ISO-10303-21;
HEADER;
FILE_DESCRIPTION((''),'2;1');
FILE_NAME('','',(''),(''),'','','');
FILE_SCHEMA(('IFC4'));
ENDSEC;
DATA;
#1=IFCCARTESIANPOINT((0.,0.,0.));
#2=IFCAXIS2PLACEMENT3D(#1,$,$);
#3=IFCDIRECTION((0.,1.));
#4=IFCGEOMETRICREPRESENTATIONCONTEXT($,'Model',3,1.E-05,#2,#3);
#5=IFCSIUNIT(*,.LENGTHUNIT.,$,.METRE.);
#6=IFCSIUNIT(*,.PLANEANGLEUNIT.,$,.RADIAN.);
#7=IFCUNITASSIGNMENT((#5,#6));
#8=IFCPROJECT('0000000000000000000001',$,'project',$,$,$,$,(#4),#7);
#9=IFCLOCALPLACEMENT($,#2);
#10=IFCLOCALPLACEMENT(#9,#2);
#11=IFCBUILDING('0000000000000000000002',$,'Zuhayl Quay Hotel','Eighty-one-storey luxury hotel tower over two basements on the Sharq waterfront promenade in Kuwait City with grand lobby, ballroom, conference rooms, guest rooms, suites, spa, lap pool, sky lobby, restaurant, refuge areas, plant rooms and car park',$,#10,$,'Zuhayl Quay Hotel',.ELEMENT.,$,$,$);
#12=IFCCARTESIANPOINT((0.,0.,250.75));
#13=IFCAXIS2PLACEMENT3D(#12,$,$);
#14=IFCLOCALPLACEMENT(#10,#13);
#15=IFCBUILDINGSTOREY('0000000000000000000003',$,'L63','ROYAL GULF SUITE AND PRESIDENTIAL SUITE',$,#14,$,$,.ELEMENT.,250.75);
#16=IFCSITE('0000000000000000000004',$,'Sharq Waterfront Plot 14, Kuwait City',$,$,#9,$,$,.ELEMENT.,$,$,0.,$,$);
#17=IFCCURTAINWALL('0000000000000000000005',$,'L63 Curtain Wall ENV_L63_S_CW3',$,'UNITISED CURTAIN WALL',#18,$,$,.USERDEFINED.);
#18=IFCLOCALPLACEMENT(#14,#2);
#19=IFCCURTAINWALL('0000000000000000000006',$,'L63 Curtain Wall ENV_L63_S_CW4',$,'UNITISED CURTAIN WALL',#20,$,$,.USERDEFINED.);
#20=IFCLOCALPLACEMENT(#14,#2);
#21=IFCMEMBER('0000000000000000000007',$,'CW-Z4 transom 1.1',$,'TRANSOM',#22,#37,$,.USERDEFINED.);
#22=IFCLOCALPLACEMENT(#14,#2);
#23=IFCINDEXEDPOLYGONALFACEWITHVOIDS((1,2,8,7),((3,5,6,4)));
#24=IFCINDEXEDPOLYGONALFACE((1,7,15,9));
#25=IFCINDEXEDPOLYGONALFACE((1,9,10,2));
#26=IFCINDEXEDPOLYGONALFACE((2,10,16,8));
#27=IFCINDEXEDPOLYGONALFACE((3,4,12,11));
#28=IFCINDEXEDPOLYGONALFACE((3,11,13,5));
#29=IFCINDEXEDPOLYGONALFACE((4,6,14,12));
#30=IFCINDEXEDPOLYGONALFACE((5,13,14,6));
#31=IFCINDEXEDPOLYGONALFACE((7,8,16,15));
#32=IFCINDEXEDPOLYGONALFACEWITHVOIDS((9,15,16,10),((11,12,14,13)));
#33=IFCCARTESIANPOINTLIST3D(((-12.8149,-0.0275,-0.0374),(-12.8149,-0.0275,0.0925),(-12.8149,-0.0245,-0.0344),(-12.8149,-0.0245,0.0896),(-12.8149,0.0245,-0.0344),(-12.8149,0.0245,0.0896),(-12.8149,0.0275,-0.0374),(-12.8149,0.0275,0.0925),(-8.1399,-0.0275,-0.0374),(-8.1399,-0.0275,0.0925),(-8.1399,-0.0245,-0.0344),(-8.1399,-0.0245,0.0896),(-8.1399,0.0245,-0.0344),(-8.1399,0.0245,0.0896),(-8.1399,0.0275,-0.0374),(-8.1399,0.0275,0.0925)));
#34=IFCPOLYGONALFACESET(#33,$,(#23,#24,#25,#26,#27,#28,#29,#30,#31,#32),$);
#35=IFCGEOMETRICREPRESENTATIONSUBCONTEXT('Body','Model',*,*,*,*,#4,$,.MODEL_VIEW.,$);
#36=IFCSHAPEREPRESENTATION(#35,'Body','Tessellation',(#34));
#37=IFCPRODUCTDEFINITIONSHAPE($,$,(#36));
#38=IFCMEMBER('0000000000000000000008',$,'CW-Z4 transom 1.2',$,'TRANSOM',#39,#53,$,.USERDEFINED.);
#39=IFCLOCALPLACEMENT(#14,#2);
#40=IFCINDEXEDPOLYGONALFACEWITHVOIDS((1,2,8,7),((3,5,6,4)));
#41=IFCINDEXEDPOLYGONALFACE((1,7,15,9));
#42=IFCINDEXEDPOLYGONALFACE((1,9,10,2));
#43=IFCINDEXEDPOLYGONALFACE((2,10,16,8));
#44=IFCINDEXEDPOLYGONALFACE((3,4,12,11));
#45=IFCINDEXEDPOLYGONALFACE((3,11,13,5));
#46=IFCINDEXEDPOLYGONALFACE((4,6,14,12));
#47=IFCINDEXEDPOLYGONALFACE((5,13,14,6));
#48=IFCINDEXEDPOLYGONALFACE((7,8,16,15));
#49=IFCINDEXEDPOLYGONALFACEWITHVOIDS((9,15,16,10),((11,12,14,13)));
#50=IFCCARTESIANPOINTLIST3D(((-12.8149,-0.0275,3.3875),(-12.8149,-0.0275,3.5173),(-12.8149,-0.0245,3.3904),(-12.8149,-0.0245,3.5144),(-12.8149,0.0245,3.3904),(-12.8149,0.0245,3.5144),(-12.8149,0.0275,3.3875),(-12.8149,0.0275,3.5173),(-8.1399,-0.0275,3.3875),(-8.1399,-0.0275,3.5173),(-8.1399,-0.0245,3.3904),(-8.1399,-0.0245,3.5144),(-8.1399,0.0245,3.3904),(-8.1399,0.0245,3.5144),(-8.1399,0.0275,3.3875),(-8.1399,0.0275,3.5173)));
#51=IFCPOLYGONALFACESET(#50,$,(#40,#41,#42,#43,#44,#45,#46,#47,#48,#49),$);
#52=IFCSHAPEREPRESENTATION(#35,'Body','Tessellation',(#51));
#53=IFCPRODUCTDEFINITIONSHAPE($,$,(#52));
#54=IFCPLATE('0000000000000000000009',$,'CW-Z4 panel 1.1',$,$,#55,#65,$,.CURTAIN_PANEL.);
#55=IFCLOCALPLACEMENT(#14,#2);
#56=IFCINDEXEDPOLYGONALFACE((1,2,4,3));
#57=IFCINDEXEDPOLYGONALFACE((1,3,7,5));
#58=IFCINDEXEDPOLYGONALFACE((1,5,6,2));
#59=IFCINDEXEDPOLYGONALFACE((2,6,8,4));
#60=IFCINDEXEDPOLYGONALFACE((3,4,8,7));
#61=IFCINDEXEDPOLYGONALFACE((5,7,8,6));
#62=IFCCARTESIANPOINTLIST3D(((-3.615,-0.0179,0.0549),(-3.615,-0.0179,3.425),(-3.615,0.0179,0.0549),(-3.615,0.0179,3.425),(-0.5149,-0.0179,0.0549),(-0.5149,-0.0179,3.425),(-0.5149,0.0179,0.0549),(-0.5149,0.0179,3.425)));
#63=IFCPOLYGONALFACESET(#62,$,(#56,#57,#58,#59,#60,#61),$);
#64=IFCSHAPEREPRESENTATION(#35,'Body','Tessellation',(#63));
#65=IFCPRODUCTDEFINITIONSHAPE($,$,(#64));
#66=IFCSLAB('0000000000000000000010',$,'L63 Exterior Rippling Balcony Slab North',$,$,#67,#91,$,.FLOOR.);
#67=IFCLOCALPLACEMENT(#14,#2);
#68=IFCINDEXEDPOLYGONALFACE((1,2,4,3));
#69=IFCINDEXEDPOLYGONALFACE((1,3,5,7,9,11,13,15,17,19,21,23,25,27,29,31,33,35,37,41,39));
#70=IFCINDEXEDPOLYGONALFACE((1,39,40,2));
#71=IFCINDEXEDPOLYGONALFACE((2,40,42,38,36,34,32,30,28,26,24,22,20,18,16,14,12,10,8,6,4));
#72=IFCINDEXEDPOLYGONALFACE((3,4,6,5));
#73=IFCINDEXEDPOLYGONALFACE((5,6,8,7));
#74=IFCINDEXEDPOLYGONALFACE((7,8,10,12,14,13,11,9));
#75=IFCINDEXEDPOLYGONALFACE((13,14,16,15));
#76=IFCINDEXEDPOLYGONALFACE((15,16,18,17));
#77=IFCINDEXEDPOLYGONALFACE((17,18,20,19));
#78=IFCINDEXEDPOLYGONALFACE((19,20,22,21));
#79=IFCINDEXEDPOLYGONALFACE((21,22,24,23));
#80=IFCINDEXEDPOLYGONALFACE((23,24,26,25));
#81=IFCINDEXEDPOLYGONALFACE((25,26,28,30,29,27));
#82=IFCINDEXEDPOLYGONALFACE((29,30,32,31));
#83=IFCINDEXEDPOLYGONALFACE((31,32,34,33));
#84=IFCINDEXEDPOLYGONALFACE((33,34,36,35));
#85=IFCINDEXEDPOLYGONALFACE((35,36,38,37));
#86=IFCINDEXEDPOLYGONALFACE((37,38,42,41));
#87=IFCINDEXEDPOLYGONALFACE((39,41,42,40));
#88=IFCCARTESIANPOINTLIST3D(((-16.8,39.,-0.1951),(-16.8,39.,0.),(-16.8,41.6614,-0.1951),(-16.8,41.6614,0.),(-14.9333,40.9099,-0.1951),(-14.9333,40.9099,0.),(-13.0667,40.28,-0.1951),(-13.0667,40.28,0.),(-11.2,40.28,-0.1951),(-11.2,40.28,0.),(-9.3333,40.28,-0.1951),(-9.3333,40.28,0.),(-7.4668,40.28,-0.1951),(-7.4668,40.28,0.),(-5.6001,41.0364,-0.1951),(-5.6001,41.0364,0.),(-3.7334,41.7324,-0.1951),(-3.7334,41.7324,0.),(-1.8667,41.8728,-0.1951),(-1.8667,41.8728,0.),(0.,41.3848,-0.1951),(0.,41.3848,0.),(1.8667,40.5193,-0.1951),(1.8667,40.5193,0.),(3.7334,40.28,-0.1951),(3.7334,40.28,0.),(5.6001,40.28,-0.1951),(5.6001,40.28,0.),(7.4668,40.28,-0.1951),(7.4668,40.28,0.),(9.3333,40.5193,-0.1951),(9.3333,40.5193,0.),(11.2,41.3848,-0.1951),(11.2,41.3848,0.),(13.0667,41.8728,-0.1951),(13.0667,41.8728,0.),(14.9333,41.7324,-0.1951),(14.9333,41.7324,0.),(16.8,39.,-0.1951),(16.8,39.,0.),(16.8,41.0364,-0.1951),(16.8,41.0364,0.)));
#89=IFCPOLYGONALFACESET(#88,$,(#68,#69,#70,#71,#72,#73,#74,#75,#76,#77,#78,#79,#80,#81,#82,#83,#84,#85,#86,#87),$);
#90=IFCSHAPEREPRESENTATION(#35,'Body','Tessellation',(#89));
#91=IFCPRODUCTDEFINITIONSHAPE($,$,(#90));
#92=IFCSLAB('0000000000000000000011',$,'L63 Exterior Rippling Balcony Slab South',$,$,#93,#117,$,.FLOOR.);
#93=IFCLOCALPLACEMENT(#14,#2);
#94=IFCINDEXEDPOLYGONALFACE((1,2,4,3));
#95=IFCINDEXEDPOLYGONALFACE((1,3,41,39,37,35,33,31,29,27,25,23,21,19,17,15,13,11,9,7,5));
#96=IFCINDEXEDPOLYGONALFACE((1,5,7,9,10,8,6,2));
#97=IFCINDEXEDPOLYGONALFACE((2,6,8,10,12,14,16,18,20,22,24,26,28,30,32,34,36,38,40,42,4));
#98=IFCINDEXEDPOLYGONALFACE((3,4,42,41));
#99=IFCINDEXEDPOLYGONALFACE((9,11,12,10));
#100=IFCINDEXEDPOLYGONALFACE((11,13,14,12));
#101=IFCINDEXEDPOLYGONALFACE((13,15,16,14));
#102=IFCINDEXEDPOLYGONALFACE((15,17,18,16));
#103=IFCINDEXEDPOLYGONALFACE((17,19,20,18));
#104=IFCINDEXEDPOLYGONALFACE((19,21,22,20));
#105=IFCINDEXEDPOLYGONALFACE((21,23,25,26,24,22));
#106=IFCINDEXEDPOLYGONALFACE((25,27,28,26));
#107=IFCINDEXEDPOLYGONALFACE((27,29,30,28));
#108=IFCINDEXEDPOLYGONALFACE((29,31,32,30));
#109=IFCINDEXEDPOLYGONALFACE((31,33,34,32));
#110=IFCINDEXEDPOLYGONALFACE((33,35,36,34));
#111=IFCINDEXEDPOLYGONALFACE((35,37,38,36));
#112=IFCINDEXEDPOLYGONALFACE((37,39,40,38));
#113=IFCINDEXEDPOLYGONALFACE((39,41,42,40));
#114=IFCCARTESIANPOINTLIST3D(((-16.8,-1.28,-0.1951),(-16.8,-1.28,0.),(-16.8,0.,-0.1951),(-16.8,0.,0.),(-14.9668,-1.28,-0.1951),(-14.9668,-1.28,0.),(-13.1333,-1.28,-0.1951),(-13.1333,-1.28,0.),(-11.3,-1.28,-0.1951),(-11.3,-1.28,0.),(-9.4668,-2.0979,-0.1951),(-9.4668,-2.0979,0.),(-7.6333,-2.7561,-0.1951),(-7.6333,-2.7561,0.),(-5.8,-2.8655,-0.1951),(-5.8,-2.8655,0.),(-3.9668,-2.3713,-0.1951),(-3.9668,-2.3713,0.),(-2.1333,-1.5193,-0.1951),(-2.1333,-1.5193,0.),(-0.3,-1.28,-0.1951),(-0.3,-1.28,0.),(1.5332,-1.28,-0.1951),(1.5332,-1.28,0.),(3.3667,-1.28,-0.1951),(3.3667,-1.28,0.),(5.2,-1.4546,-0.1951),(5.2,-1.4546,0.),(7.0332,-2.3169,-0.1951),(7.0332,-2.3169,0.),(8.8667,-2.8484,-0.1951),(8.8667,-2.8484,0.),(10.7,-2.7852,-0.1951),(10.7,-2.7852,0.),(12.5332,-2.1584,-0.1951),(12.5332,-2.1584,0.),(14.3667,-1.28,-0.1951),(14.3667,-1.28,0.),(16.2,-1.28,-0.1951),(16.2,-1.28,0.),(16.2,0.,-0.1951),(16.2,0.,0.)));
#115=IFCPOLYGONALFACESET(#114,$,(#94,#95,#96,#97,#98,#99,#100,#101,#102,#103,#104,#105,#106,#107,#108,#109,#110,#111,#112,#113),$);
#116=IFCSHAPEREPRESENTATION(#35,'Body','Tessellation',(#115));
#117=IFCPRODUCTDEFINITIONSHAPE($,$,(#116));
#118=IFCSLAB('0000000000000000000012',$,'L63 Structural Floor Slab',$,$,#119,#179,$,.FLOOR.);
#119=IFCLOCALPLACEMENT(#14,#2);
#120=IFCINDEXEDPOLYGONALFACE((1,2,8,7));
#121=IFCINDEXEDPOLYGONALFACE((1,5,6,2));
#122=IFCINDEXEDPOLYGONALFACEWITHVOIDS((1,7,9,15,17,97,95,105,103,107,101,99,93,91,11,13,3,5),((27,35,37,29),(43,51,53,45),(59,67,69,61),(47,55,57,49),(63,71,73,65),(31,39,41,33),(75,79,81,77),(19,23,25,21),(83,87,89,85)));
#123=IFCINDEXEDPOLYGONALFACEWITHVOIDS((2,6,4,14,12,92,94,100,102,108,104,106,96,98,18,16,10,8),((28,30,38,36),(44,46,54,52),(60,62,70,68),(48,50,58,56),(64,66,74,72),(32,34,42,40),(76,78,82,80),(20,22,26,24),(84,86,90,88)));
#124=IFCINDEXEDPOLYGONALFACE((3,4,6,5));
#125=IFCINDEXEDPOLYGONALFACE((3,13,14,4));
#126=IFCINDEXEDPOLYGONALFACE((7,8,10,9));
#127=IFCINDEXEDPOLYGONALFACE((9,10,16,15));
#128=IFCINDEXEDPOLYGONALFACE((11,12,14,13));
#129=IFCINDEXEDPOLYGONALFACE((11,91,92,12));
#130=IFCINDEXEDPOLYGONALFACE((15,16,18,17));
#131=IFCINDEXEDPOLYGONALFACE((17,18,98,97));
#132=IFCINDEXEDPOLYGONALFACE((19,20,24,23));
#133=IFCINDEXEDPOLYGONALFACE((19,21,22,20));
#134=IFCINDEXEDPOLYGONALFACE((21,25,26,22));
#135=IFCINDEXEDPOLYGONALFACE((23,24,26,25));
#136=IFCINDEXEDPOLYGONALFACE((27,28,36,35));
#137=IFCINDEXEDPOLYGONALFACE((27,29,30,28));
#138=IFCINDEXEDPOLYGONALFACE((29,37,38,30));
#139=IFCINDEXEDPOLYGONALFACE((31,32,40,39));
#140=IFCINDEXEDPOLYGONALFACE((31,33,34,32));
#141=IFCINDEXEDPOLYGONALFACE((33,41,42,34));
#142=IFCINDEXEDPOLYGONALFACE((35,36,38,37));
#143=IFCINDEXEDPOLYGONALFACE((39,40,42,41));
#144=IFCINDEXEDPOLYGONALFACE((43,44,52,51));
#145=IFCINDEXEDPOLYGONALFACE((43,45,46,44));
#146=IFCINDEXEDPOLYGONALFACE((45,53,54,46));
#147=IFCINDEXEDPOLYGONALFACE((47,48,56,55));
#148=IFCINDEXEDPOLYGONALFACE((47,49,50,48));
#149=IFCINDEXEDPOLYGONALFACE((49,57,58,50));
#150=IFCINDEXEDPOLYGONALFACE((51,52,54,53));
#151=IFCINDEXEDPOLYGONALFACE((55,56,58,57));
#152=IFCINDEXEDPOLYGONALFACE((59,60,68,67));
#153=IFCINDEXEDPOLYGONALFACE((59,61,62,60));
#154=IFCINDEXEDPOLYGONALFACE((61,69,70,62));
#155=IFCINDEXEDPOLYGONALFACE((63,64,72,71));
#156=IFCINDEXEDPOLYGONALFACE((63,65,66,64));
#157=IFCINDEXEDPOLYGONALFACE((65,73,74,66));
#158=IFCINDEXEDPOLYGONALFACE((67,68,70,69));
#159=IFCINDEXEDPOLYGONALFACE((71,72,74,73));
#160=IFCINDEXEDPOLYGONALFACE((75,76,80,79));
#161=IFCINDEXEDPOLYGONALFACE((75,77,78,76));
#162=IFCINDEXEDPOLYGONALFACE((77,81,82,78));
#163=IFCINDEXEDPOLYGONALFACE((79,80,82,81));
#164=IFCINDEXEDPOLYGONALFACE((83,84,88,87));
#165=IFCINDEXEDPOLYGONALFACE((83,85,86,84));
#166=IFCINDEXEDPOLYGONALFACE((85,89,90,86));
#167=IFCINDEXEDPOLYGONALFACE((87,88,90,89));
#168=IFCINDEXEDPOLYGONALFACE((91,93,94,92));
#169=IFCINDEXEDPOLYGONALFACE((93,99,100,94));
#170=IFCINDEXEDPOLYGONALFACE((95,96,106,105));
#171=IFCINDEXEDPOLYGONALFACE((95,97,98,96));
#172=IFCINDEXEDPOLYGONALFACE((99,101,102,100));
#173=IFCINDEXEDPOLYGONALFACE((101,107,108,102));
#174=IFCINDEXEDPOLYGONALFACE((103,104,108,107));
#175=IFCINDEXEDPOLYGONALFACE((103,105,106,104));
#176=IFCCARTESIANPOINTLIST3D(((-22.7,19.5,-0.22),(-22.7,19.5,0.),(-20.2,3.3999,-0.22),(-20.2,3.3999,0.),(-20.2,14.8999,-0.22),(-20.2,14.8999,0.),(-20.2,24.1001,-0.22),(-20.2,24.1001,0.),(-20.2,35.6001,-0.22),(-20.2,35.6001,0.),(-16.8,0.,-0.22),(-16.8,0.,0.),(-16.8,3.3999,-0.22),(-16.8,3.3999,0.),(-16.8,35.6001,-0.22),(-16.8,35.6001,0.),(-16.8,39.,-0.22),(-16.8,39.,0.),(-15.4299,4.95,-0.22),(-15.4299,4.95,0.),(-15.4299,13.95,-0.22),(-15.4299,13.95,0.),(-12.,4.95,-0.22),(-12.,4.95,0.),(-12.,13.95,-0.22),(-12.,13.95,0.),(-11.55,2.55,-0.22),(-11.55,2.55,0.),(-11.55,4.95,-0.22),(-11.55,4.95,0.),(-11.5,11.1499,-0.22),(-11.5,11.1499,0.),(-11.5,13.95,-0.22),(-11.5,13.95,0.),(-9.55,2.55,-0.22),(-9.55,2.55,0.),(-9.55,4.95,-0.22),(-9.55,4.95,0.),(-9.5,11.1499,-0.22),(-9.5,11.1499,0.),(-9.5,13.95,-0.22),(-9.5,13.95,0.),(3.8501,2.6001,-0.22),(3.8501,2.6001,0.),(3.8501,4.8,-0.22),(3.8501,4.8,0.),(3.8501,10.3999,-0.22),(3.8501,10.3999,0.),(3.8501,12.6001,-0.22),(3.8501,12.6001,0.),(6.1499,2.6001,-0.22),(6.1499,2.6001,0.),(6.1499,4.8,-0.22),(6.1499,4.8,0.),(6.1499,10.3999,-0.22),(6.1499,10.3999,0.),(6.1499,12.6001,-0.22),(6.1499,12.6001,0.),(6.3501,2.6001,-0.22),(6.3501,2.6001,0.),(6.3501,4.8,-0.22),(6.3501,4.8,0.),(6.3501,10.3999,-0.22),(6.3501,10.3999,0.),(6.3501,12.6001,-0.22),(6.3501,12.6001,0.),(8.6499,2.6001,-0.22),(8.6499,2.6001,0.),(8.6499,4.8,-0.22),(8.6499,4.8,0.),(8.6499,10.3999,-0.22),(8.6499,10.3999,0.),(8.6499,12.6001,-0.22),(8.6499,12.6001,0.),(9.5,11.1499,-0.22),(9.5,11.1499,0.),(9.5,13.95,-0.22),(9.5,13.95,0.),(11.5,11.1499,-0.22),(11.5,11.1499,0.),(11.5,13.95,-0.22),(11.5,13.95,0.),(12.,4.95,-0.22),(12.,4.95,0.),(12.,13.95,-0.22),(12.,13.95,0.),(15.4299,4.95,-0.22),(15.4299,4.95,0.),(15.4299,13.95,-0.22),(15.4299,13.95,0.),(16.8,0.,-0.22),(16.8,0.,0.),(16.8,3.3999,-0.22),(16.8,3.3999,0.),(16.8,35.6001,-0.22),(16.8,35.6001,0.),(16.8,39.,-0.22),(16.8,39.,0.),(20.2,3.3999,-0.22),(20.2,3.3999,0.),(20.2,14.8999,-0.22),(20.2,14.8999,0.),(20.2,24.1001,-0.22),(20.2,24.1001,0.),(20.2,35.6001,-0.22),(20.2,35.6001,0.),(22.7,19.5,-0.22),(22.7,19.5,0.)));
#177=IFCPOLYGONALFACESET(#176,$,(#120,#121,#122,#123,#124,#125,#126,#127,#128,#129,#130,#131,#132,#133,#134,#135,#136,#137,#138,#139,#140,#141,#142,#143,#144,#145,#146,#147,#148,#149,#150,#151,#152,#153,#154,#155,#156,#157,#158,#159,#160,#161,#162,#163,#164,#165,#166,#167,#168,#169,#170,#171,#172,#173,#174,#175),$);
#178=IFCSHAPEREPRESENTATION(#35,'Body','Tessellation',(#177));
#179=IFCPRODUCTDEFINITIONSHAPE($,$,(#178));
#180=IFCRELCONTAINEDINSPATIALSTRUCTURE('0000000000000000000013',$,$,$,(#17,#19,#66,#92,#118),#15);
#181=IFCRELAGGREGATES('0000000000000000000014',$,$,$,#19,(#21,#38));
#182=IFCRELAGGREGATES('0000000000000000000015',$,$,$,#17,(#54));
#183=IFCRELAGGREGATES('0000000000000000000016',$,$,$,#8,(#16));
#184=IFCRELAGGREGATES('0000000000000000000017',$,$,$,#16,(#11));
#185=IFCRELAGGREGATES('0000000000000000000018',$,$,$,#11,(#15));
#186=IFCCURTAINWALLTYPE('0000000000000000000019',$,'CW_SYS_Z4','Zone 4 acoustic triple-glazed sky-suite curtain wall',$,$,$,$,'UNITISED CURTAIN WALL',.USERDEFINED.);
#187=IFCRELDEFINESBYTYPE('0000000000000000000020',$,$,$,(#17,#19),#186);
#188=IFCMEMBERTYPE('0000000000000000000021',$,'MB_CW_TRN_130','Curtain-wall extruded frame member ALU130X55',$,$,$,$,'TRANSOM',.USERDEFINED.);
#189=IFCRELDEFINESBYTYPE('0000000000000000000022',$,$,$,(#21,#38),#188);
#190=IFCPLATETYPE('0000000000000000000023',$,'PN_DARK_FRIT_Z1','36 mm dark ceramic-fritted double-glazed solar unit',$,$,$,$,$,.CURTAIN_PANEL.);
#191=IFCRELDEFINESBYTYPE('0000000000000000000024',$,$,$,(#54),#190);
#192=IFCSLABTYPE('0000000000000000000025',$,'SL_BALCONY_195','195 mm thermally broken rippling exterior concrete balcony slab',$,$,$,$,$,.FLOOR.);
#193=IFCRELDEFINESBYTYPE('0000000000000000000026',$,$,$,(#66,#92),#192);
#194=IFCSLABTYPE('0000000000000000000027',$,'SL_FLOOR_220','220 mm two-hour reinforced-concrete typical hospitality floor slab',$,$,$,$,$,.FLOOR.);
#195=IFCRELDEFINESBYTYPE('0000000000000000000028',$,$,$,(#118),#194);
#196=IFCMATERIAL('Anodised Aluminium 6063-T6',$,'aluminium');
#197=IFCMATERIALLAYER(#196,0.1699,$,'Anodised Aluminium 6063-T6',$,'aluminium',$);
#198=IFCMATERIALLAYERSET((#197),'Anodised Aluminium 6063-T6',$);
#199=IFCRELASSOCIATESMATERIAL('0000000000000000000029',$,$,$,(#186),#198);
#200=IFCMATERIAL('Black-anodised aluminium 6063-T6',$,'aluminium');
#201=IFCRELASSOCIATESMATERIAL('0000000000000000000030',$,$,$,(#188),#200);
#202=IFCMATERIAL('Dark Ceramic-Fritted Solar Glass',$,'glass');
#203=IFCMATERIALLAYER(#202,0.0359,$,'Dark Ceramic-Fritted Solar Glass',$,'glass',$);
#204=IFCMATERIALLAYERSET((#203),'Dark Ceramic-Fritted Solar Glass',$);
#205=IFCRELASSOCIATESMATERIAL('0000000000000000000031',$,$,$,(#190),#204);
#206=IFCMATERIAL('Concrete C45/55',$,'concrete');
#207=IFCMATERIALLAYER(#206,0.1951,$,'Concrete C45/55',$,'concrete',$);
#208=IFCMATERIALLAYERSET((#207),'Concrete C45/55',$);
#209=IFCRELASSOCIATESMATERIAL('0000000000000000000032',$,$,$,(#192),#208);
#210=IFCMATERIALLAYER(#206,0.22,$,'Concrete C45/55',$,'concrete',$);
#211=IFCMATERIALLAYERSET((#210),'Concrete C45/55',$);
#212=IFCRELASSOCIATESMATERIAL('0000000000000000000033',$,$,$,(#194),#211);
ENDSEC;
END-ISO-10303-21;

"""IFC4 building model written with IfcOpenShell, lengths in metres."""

from ifc_helpers import new_model, si_unit, direction, frame, origin, origin_2d, place, context, subcontext, project, spatial, polyline, rectangle, hollow_rectangle, outline, extrude, material, layer, layer_set, material_profile, profile_set, type_object, element, aggregate, save


model = new_model("IFC4")

# Units and contexts
model_context = context("Model", 3, precision=1e-05, world=origin(), true_north=direction((0.0, 1.0)))
body_context = subcontext(model_context, "Body", "Model", "MODEL_VIEW")
ifc_project = project(units=[si_unit("LENGTHUNIT", "METRE"), si_unit("PLANEANGLEUNIT", "RADIAN")], contexts=[model_context])

# Site, building, storey
site_placement = place(None, origin())
site = spatial("IfcSite", under=ifc_project, at=site_placement, Name="Sharq Waterfront Plot 14, Kuwait City", CompositionType="ELEMENT", RefElevation=0.0)
building_placement = place(site_placement, origin())
building = spatial("IfcBuilding", under=site, at=building_placement, Name="Zuhayl Quay Hotel", Description="Eighty-one-storey luxury hotel tower over two basements on the Sharq waterfront promenade in Kuwait City with grand lobby, ballroom, conference rooms, guest rooms, suites, spa, lap pool, sky lobby, restaurant, refuge areas, plant rooms and car park", LongName="Zuhayl Quay Hotel", CompositionType="ELEMENT")
storey_placement = place(building_placement, frame((0.0, 0.0, 250.75)))
storey = spatial("IfcBuildingStorey", under=building, at=storey_placement, Name="L63", Description="ROYAL GULF SUITE AND PRESIDENTIAL SUITE", CompositionType="ELEMENT", Elevation=250.75)

# Curtain wall
ifc_material_1 = material(Name="Anodised Aluminium 6063-T6", Category="aluminium")
ifc_layer_1 = layer(ifc_material_1, 0.1699, Name="Anodised Aluminium 6063-T6", Category="aluminium")
ifc_layer_set_1 = layer_set([ifc_layer_1], Name="Anodised Aluminium 6063-T6")
curtain_wall_type = type_object("IfcCurtainWallType", Name="CW_SYS_Z4", Description="Zone 4 acoustic triple-glazed sky-suite curtain wall", ElementType="UNITISED CURTAIN WALL", PredefinedType="USERDEFINED", material=ifc_layer_set_1)
curtain_wall_1_placement = place(storey_placement, origin())
curtain_wall_1 = element("IfcCurtainWall", 1, at=curtain_wall_1_placement, inside=storey, type_object=curtain_wall_type, Name="L63 Curtain Wall ENV_L63_S_CW3", ObjectType="UNITISED CURTAIN WALL", PredefinedType="USERDEFINED")
ifc_material_2 = material(Name="Black-anodised aluminium 6063-T6", Category="aluminium")

# Curtain wall
curtain_wall_2_placement = place(storey_placement, origin())
curtain_wall_2 = element("IfcCurtainWall", 2, at=curtain_wall_2_placement, inside=storey, type_object=curtain_wall_type, Name="L63 Curtain Wall ENV_L63_S_CW4", ObjectType="UNITISED CURTAIN WALL", PredefinedType="USERDEFINED")

# Members
ifc_material_profile_1 = material_profile(ifc_material_2, hollow_rectangle(XDim=0.0549, YDim=0.1299, WallThickness=0.0029, at=origin_2d()), Name="ALU130X55")
ifc_profile_set_1 = profile_set([ifc_material_profile_1], Name="Black-anodised aluminium 6063-T6")
member_type_1 = type_object("IfcMemberType", Name="MB_CW_TRN_130", Description="Curtain-wall extruded frame member ALU130X55", ElementType="TRANSOM", PredefinedType="USERDEFINED", material=ifc_profile_set_1)
member_1_placement = place(storey_placement, frame((-8.1399, 0.0, 0.0276), z_axis=(-1.0, 0.0, 0.0), x_axis=(0.0, -1.0, 0.0)))
member_1 = element("IfcMember", 3, at=member_1_placement, type_object=member_type_1, Name="CW-Z4 transom 1.1", ObjectType="TRANSOM", PredefinedType="USERDEFINED", context=body_context, shape_type="SweptSolid", body=[
    extrude(hollow_rectangle(XDim=0.0549, YDim=0.1299, WallThickness=0.0029, at=origin_2d()), origin(), (0.0, 0.0, 1.0), 4.675),
])
member_2_placement = place(storey_placement, frame((-8.1399, 0.0, 3.4524), z_axis=(-1.0, 0.0, 0.0), x_axis=(0.0, -1.0, 0.0)))
member_2 = element("IfcMember", 4, at=member_2_placement, type_object=member_type_1, Name="CW-Z4 transom 1.2", ObjectType="TRANSOM", PredefinedType="USERDEFINED", context=body_context, shape_type="SweptSolid", body=[
    extrude(hollow_rectangle(XDim=0.0549, YDim=0.1299, WallThickness=0.0029, at=origin_2d()), origin(), (0.0, 0.0, 1.0), 4.675),
])
aggregate(curtain_wall_2, [member_1, member_2])

# Plate
ifc_material_3 = material(Name="Dark Ceramic-Fritted Solar Glass", Category="glass")
ifc_layer_2 = layer(ifc_material_3, 0.0359, Name="Dark Ceramic-Fritted Solar Glass", Category="glass")
ifc_layer_set_2 = layer_set([ifc_layer_2], Name="Dark Ceramic-Fritted Solar Glass")
plate_type = type_object("IfcPlateType", Name="PN_DARK_FRIT_Z1", Description="36 mm dark ceramic-fritted double-glazed solar unit", PredefinedType="CURTAIN_PANEL", material=ifc_layer_set_2)
plate_placement = place(storey_placement, frame((-2.0649, 0.0, 0.0549), z_axis=(0.0, 0.0, 1.0), x_axis=(-1.0, 0.0, 0.0)))
plate = element("IfcPlate", 5, at=plate_placement, type_object=plate_type, Name="CW-Z4 panel 1.1", PredefinedType="CURTAIN_PANEL", context=body_context, shape_type="SweptSolid", body=[
    extrude(rectangle(XDim=3.1001, YDim=0.0359, at=origin_2d()), origin(), (0.0, 0.0, 1.0), 3.3701),
])
aggregate(curtain_wall_1, [plate])

# Slabs
ifc_material_4 = material(Name="Concrete C45/55", Category="concrete")
ifc_layer_3 = layer(ifc_material_4, 0.1951, Name="Concrete C45/55", Category="concrete")
ifc_layer_set_3 = layer_set([ifc_layer_3], Name="Concrete C45/55")
slab_type_1 = type_object("IfcSlabType", Name="SL_BALCONY_195", Description="195 mm thermally broken rippling exterior concrete balcony slab", PredefinedType="FLOOR", material=ifc_layer_set_3)
slab_1_placement = place(storey_placement, frame((0.0, 0.0, -0.1951)))
element("IfcSlab", 6, at=slab_1_placement, inside=storey, type_object=slab_type_1, Name="L63 Exterior Rippling Balcony Slab North", PredefinedType="FLOOR", context=body_context, shape_type="SweptSolid", body=[
    extrude(outline(polyline([(-16.8, 39.0), (16.8, 39.0), (16.8, 41.0364), (14.9333, 41.7324), (13.0667, 41.8728), (11.2, 41.3848), (9.3333, 40.5193), (7.4668, 40.28), (5.6001, 40.28), (3.7334, 40.28), (1.8667, 40.5193), (0.0, 41.3848), (-1.8667, 41.8728), (-3.7334, 41.7324), (-5.6001, 41.0364), (-7.4668, 40.28), (-9.3333, 40.28), (-11.2, 40.28), (-13.0667, 40.28), (-14.9333, 40.9099), (-16.8, 41.6614), (-16.8, 39.0)])), origin(), (0.0, 0.0, 1.0), 0.1951),
])
slab_2_placement = place(storey_placement, frame((0.0, 0.0, -0.1951)))
element("IfcSlab", 7, at=slab_2_placement, inside=storey, type_object=slab_type_1, Name="L63 Exterior Rippling Balcony Slab South", PredefinedType="FLOOR", context=body_context, shape_type="SweptSolid", body=[
    extrude(outline(polyline([(-16.8, -1.28), (-14.9668, -1.28), (-13.1333, -1.28), (-11.3, -1.28), (-9.4668, -2.0979), (-7.6333, -2.7561), (-5.8, -2.8655), (-3.9668, -2.3713), (-2.1333, -1.5193), (-0.3, -1.28), (1.5332, -1.28), (3.3667, -1.28), (5.2, -1.4546), (7.0332, -2.3169), (8.8667, -2.8484), (10.7, -2.7852), (12.5332, -2.1584), (14.3667, -1.28), (16.2, -1.28), (16.2, 0.0), (-16.8, 0.0), (-16.8, -1.28)])), origin(), (0.0, 0.0, 1.0), 0.1951),
])
ifc_layer_4 = layer(ifc_material_4, 0.22, Name="Concrete C45/55", Category="concrete")
ifc_layer_set_4 = layer_set([ifc_layer_4], Name="Concrete C45/55")
slab_type_2 = type_object("IfcSlabType", Name="SL_FLOOR_220", Description="220 mm two-hour reinforced-concrete typical hospitality floor slab", PredefinedType="FLOOR", material=ifc_layer_set_4)
slab_3_placement = place(storey_placement, frame((0.0, 0.0, -0.22)))
element("IfcSlab", 8, at=slab_3_placement, inside=storey, type_object=slab_type_2, Name="L63 Structural Floor Slab", PredefinedType="FLOOR", context=body_context, shape_type="SweptSolid", body=[
    extrude(outline(polyline([(-16.8, 0.0), (16.8, 0.0), (16.8, 3.3999), (20.2, 3.3999), (20.2, 14.8999), (22.7, 19.5), (20.2, 24.1001), (20.2, 35.6001), (16.8, 35.6001), (16.8, 39.0), (-16.8, 39.0), (-16.8, 35.6001), (-20.2, 35.6001), (-20.2, 24.1001), (-22.7, 19.5), (-20.2, 14.8999), (-20.2, 3.3999), (-16.8, 3.3999), (-16.8, 0.0)]), holes=[polyline([(-12.0, 4.95), (-12.0, 13.95), (-15.4299, 13.95), (-15.4299, 4.95), (-12.0, 4.95)]), polyline([(15.4299, 4.95), (15.4299, 13.95), (12.0, 13.95), (12.0, 4.95), (15.4299, 4.95)]), polyline([(-11.5, 11.1499), (-9.5, 11.1499), (-9.5, 13.95), (-11.5, 13.95), (-11.5, 11.1499)]), polyline([(9.5, 11.1499), (11.5, 11.1499), (11.5, 13.95), (9.5, 13.95), (9.5, 11.1499)]), polyline([(3.8501, 2.6001), (6.1499, 2.6001), (6.1499, 4.8), (3.8501, 4.8), (3.8501, 2.6001)]), polyline([(6.3501, 2.6001), (8.6499, 2.6001), (8.6499, 4.8), (6.3501, 4.8), (6.3501, 2.6001)]), polyline([(3.8501, 10.3999), (6.1499, 10.3999), (6.1499, 12.6001), (3.8501, 12.6001), (3.8501, 10.3999)]), polyline([(6.3501, 10.3999), (8.6499, 10.3999), (8.6499, 12.6001), (6.3501, 12.6001), (6.3501, 10.3999)]), polyline([(-11.55, 2.55), (-9.55, 2.55), (-9.55, 4.95), (-11.55, 4.95), (-11.55, 2.55)])]), origin(), (0.0, 0.0, 1.0), 0.22),
])

save(model, "model.ifc")
